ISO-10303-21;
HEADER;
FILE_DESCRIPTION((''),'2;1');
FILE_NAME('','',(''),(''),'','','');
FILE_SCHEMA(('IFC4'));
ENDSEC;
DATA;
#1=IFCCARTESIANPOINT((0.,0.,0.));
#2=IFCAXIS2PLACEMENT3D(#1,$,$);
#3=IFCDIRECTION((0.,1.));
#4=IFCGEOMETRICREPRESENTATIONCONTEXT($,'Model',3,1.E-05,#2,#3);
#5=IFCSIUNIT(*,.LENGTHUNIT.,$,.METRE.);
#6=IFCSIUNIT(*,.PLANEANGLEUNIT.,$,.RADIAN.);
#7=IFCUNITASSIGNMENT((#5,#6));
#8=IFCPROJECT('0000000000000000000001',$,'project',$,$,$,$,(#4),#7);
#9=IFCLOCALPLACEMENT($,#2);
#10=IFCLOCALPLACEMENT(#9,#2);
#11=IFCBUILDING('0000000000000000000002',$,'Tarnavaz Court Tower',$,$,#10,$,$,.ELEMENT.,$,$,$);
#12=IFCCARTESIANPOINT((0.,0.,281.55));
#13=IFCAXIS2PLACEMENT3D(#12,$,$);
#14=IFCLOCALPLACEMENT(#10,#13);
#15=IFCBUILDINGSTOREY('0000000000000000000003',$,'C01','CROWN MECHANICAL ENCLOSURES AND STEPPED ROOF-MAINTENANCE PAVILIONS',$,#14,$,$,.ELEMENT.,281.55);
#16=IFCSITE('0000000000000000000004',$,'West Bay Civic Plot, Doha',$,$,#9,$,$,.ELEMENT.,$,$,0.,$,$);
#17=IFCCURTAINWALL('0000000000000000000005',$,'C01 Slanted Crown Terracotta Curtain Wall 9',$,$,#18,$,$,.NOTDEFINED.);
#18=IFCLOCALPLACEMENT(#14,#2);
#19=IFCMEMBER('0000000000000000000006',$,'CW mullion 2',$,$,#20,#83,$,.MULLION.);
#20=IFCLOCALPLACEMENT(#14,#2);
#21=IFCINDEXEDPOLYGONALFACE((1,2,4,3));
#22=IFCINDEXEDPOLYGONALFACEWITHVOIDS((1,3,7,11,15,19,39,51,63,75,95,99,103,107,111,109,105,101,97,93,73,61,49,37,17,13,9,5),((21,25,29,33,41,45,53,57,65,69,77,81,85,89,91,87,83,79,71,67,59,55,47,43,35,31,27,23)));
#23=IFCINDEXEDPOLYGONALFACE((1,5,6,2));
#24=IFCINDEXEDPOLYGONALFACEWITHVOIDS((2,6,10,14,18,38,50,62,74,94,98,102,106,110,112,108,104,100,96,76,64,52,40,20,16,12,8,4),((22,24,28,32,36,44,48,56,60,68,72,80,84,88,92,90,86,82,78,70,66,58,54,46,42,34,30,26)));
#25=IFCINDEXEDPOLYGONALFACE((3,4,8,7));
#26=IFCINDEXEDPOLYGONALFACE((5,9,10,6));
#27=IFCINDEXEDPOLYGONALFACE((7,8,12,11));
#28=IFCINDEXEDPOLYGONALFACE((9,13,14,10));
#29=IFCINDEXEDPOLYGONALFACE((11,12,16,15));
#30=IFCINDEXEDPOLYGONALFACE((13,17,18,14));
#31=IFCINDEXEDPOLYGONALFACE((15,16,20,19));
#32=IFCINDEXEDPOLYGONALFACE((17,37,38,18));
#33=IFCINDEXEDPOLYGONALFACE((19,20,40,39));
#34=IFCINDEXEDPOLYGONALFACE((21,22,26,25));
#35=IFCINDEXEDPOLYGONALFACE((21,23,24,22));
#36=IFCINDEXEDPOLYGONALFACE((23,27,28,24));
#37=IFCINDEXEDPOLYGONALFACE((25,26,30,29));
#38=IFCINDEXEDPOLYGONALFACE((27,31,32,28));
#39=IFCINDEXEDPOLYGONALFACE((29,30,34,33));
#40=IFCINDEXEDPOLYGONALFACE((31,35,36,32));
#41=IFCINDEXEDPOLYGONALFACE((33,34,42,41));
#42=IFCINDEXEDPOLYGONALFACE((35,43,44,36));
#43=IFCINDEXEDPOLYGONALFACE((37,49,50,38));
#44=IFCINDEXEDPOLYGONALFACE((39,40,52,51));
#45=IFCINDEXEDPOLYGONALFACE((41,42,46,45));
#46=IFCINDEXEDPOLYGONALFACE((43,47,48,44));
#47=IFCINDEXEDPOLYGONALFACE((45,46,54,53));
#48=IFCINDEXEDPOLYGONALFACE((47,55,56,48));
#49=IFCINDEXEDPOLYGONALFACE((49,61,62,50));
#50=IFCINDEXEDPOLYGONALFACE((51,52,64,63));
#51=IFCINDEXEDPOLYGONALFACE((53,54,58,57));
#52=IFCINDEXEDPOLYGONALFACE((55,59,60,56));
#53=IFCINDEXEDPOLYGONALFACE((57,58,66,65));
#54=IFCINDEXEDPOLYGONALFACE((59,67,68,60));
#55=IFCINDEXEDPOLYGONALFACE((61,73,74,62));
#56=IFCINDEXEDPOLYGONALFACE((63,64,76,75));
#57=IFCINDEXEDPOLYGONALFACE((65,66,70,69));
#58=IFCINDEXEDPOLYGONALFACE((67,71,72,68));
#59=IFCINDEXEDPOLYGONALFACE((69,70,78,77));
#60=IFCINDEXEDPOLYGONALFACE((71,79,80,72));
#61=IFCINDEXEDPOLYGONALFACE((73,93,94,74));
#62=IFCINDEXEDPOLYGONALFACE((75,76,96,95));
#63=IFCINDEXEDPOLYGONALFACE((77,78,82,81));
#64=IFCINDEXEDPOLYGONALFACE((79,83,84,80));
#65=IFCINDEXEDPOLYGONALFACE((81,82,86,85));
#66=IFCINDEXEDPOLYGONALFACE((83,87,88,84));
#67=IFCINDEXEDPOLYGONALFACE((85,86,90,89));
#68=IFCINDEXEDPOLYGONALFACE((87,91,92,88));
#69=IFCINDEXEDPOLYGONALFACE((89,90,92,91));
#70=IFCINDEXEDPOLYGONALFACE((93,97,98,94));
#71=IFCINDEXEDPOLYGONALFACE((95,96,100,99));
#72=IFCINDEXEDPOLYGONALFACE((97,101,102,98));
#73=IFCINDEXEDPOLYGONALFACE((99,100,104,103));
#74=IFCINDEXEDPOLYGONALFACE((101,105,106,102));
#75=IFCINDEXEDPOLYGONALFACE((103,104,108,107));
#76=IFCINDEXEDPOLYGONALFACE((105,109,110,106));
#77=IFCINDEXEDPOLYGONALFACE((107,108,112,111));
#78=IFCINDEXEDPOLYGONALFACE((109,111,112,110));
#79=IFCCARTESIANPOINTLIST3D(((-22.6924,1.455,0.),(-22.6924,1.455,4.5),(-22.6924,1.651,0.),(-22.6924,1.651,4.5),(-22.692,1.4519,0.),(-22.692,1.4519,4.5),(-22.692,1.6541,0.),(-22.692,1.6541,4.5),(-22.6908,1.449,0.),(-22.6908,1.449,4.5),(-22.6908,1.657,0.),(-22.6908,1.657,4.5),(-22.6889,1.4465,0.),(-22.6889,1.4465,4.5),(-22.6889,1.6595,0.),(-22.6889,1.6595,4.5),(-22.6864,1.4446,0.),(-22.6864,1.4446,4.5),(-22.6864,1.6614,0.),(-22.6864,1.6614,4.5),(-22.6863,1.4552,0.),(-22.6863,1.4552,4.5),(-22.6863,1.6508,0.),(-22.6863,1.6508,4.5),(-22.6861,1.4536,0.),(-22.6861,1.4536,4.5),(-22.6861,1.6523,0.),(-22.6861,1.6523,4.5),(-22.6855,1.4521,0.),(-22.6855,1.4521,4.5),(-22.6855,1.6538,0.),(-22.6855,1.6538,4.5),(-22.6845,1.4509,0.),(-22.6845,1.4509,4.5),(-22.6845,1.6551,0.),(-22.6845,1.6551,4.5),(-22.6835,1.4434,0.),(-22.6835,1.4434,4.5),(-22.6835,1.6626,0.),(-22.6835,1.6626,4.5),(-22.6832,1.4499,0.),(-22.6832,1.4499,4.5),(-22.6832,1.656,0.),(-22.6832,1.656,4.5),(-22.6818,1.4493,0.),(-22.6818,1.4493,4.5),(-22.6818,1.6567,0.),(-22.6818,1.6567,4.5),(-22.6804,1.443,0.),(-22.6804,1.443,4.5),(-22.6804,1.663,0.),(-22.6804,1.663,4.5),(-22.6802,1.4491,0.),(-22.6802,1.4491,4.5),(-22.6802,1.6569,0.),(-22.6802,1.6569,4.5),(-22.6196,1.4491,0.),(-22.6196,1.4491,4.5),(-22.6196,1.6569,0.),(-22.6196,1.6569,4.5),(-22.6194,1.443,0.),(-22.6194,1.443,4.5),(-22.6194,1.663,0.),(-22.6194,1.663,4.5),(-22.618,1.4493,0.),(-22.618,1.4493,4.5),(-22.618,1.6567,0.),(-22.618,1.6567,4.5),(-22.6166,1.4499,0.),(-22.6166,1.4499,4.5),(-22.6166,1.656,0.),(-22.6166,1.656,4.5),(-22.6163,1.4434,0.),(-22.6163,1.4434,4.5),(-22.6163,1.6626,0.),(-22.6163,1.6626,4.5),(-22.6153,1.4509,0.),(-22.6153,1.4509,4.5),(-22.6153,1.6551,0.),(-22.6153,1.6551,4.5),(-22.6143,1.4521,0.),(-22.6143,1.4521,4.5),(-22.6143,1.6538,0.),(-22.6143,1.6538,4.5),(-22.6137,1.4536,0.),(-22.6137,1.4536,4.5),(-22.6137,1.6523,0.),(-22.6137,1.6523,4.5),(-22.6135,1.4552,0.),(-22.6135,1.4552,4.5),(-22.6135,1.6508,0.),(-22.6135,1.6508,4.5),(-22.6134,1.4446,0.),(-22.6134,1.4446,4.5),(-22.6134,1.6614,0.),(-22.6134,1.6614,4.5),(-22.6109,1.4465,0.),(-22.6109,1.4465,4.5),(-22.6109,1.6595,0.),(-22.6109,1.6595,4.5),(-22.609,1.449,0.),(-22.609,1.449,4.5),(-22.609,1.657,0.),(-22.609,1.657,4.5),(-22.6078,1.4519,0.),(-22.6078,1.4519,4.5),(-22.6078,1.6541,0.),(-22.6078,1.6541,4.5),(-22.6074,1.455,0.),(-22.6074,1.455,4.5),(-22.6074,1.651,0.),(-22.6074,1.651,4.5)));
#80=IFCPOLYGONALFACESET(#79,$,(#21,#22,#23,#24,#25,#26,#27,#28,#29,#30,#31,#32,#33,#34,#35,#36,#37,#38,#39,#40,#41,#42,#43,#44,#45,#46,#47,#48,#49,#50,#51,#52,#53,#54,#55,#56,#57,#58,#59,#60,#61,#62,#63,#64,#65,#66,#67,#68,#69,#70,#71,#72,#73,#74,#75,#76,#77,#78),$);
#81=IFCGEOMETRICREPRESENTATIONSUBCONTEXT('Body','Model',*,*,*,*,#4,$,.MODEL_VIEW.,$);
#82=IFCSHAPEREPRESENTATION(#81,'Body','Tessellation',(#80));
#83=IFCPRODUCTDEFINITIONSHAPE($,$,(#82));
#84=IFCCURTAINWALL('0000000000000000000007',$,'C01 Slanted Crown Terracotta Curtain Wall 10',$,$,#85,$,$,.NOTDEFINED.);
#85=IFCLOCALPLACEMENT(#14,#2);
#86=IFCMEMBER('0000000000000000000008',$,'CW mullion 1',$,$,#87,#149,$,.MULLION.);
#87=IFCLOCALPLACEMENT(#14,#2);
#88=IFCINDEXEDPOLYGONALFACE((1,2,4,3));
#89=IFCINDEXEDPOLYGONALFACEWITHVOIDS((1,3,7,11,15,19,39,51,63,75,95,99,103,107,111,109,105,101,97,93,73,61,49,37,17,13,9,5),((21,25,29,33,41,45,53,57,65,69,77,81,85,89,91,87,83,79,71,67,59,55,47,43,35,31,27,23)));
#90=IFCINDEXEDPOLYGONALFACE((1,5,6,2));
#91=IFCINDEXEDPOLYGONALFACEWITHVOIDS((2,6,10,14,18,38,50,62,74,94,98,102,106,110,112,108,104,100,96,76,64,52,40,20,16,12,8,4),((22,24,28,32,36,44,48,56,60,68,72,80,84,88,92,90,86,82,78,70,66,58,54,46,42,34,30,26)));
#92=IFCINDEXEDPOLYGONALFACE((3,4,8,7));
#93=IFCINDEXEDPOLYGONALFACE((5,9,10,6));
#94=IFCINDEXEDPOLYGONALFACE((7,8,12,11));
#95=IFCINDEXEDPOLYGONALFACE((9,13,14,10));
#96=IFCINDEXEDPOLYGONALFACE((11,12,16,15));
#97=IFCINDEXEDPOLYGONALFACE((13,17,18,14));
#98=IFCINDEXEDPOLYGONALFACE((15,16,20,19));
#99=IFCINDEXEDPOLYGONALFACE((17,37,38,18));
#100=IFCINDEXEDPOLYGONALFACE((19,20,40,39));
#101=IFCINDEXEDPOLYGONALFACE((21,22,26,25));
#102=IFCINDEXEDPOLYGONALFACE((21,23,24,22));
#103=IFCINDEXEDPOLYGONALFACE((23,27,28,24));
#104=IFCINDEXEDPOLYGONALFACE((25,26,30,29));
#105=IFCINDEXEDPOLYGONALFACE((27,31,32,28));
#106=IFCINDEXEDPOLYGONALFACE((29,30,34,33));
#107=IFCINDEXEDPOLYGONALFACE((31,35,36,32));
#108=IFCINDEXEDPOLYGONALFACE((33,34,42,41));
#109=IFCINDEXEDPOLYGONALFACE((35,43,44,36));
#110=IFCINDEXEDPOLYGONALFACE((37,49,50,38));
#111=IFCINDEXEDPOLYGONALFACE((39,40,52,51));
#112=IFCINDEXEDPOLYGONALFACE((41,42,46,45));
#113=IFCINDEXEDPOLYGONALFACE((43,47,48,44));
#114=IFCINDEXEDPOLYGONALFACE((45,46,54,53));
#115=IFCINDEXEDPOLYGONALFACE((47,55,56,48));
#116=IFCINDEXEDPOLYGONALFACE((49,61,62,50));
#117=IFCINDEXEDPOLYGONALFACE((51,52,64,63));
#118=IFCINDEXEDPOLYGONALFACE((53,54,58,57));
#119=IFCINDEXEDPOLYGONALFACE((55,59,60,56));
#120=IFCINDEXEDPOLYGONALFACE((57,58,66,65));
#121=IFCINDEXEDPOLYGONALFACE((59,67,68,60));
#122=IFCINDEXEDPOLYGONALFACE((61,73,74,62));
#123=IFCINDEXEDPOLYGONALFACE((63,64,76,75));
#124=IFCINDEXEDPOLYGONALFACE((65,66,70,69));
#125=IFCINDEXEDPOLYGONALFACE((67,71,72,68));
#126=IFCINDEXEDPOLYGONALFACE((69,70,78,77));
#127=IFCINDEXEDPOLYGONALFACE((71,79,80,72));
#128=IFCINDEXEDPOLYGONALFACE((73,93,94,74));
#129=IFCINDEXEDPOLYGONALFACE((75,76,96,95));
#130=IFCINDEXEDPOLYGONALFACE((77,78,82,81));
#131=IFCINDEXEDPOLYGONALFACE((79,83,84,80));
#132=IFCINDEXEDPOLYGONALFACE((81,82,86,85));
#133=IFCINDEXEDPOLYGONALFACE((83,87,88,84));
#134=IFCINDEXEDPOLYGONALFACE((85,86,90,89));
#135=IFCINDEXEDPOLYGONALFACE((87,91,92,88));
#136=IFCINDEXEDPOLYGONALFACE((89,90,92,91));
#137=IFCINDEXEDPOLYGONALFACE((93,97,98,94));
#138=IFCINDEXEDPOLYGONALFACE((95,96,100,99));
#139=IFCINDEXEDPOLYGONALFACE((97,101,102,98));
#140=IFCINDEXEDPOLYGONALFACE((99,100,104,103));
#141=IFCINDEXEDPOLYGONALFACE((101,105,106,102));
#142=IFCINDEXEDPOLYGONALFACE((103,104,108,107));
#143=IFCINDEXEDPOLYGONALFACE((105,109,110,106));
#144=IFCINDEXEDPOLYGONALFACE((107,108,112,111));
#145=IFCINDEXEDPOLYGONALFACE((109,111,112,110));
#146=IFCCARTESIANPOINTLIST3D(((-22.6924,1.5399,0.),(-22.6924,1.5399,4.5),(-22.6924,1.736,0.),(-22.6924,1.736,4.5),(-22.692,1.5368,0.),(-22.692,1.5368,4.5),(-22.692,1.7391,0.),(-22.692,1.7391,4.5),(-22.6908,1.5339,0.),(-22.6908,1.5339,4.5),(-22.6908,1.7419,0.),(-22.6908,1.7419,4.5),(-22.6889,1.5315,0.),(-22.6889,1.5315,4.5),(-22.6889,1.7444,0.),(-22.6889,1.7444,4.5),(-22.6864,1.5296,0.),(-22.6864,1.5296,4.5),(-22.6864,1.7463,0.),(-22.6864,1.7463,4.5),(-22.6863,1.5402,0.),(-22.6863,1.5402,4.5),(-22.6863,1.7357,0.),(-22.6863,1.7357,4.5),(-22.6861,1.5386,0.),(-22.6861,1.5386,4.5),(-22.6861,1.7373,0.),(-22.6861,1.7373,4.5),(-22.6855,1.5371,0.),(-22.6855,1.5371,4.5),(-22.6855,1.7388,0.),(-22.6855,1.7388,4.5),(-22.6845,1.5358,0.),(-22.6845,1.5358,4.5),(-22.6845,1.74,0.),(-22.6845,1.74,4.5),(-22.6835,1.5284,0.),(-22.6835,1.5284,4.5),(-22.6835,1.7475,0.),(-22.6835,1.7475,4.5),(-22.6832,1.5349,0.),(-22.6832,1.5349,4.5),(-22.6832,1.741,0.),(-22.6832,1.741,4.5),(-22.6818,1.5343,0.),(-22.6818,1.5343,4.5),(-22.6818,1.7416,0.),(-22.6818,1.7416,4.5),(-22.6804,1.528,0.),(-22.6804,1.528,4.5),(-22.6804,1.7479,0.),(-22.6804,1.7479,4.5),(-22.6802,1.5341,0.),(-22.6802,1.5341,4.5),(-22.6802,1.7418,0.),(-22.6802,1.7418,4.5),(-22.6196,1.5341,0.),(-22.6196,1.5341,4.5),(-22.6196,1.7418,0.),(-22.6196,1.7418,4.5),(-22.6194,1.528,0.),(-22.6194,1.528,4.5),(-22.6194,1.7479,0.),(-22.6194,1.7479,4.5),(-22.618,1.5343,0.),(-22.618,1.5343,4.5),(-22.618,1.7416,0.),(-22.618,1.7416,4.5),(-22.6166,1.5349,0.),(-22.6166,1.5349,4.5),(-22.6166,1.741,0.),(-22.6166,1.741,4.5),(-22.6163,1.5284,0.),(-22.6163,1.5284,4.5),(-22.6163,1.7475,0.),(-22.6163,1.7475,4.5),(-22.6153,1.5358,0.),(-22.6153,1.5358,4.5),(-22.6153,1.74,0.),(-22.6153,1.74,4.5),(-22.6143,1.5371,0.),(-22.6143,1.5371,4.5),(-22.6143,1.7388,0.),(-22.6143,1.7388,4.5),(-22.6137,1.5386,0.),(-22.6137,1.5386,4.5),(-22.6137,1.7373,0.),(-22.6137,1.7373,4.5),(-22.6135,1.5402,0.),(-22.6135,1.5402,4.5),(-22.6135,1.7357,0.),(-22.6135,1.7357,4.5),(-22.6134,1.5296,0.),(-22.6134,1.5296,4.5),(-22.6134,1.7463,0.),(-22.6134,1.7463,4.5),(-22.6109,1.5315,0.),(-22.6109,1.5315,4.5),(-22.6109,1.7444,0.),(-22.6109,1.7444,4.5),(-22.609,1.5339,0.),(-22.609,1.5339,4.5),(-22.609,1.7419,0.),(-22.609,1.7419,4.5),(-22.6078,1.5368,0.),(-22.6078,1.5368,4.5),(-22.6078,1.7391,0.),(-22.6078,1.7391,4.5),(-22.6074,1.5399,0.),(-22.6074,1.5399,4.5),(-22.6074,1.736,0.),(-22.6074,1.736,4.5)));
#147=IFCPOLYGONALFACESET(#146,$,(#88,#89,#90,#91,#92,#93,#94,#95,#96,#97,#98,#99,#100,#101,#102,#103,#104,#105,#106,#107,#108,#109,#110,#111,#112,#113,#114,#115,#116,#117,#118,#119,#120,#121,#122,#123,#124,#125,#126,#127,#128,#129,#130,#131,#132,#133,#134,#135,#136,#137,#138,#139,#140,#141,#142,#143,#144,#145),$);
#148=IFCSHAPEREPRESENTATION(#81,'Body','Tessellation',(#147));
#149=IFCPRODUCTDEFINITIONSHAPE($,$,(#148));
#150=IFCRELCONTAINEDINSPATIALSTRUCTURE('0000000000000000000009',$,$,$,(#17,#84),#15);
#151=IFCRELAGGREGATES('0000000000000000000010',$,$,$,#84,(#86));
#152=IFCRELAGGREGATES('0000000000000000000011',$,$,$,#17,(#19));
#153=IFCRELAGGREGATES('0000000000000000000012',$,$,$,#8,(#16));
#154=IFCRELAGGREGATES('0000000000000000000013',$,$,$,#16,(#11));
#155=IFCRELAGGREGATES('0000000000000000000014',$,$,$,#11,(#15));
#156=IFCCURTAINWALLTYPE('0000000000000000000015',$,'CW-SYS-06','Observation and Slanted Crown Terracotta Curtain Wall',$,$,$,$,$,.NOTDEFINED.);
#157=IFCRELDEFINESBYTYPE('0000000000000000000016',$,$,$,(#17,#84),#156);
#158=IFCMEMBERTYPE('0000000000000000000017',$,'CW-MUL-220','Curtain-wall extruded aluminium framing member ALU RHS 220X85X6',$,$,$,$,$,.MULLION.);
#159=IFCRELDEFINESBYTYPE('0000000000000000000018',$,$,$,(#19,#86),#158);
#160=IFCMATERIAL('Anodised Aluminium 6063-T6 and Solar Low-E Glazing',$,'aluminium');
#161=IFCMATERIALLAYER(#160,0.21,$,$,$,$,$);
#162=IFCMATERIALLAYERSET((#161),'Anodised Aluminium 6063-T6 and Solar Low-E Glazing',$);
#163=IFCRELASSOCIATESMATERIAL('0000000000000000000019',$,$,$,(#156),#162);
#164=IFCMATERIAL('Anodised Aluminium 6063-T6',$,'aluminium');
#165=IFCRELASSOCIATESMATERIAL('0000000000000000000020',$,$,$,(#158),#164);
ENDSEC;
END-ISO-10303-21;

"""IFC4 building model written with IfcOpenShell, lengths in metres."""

from ifc_helpers import new_model, si_unit, direction, frame, origin, origin_2d, place, context, subcontext, project, spatial, hollow_rectangle, extrude, material, layer, layer_set, material_profile, profile_set, type_object, element, aggregate, save


model = new_model("IFC4")

# Units and contexts
model_context = context("Model", 3, precision=1e-05, world=origin(), true_north=direction((0.0, 1.0)))
body_context = subcontext(model_context, "Body", "Model", "MODEL_VIEW")
ifc_project = project(units=[si_unit("LENGTHUNIT", "METRE"), si_unit("PLANEANGLEUNIT", "RADIAN")], contexts=[model_context])

# Site, building, storey
site_placement = place(None, origin())
site = spatial("IfcSite", under=ifc_project, at=site_placement, Name="West Bay Civic Plot, Doha", CompositionType="ELEMENT", RefElevation=0.0)
building_placement = place(site_placement, origin())
building = spatial("IfcBuilding", under=site, at=building_placement, Name="Tarnavaz Court Tower", CompositionType="ELEMENT")
storey_placement = place(building_placement, frame((0.0, 0.0, 281.55)))
storey = spatial("IfcBuildingStorey", under=building, at=storey_placement, Name="C01", Description="CROWN MECHANICAL ENCLOSURES AND STEPPED ROOF-MAINTENANCE PAVILIONS", CompositionType="ELEMENT", Elevation=281.55)

# Shared definitions
ifc_material_1 = material(Name="Anodised Aluminium 6063-T6 and Solar Low-E Glazing", Category="aluminium")
ifc_layer_1 = layer(ifc_material_1, 0.21)
ifc_layer_set_1 = layer_set([ifc_layer_1], Name="Anodised Aluminium 6063-T6 and Solar Low-E Glazing")
curtain_wall_type = type_object("IfcCurtainWallType", Name="CW-SYS-06", Description="Observation and Slanted Crown Terracotta Curtain Wall", PredefinedType="NOTDEFINED", material=ifc_layer_set_1)
ifc_material_2 = material(Name="Anodised Aluminium 6063-T6", Category="aluminium")
ifc_material_profile_1 = material_profile(ifc_material_2, hollow_rectangle(XDim=0.085, YDim=0.22, WallThickness=0.0061, InnerFilletRadius=0.0061, OuterFilletRadius=0.012, at=origin_2d()), Name="ALU RHS 220X85X6")
ifc_profile_set_1 = profile_set([ifc_material_profile_1], Name="Anodised Aluminium 6063-T6")
member_type_1 = type_object("IfcMemberType", Name="CW-MUL-220", Description="Curtain-wall extruded aluminium framing member ALU RHS 220X85X6", PredefinedType="MULLION", material=ifc_profile_set_1)

# Curtain wall, member
curtain_wall_1_placement = place(storey_placement, origin())
curtain_wall_1 = element("IfcCurtainWall", 1, at=curtain_wall_1_placement, inside=storey, type_object=curtain_wall_type, Name="C01 Slanted Crown Terracotta Curtain Wall 9", PredefinedType="NOTDEFINED")
member_1_placement = place(storey_placement, frame((-22.6499, 1.553, 0.0), z_axis=(0.0, 0.0, 1.0), x_axis=(-1.0, 0.0, 0.0)))
member_1 = element("IfcMember", 2, at=member_1_placement, type_object=member_type_1, Name="CW mullion 2", PredefinedType="MULLION", context=body_context, shape_type="SweptSolid", body=[
    extrude(hollow_rectangle(XDim=0.085, YDim=0.22, WallThickness=0.0061, InnerFilletRadius=0.0061, OuterFilletRadius=0.012, at=origin_2d()), origin(), (0.0, 0.0, 1.0), 4.5),
])

# Curtain wall, member
curtain_wall_2_placement = place(storey_placement, origin())
curtain_wall_2 = element("IfcCurtainWall", 3, at=curtain_wall_2_placement, inside=storey, type_object=curtain_wall_type, Name="C01 Slanted Crown Terracotta Curtain Wall 10", PredefinedType="NOTDEFINED")
member_2_placement = place(storey_placement, frame((-22.6499, 1.6379, 0.0), z_axis=(0.0, 0.0, 1.0), x_axis=(-1.0, 0.0, 0.0)))
member_2 = element("IfcMember", 4, at=member_2_placement, type_object=member_type_1, Name="CW mullion 1", PredefinedType="MULLION", context=body_context, shape_type="SweptSolid", body=[
    extrude(hollow_rectangle(XDim=0.085, YDim=0.22, WallThickness=0.0061, InnerFilletRadius=0.0061, OuterFilletRadius=0.012, at=origin_2d()), origin(), (0.0, 0.0, 1.0), 4.5),
])

aggregate(curtain_wall_2, [member_2])

aggregate(curtain_wall_1, [member_1])

save(model, "model.ifc")
